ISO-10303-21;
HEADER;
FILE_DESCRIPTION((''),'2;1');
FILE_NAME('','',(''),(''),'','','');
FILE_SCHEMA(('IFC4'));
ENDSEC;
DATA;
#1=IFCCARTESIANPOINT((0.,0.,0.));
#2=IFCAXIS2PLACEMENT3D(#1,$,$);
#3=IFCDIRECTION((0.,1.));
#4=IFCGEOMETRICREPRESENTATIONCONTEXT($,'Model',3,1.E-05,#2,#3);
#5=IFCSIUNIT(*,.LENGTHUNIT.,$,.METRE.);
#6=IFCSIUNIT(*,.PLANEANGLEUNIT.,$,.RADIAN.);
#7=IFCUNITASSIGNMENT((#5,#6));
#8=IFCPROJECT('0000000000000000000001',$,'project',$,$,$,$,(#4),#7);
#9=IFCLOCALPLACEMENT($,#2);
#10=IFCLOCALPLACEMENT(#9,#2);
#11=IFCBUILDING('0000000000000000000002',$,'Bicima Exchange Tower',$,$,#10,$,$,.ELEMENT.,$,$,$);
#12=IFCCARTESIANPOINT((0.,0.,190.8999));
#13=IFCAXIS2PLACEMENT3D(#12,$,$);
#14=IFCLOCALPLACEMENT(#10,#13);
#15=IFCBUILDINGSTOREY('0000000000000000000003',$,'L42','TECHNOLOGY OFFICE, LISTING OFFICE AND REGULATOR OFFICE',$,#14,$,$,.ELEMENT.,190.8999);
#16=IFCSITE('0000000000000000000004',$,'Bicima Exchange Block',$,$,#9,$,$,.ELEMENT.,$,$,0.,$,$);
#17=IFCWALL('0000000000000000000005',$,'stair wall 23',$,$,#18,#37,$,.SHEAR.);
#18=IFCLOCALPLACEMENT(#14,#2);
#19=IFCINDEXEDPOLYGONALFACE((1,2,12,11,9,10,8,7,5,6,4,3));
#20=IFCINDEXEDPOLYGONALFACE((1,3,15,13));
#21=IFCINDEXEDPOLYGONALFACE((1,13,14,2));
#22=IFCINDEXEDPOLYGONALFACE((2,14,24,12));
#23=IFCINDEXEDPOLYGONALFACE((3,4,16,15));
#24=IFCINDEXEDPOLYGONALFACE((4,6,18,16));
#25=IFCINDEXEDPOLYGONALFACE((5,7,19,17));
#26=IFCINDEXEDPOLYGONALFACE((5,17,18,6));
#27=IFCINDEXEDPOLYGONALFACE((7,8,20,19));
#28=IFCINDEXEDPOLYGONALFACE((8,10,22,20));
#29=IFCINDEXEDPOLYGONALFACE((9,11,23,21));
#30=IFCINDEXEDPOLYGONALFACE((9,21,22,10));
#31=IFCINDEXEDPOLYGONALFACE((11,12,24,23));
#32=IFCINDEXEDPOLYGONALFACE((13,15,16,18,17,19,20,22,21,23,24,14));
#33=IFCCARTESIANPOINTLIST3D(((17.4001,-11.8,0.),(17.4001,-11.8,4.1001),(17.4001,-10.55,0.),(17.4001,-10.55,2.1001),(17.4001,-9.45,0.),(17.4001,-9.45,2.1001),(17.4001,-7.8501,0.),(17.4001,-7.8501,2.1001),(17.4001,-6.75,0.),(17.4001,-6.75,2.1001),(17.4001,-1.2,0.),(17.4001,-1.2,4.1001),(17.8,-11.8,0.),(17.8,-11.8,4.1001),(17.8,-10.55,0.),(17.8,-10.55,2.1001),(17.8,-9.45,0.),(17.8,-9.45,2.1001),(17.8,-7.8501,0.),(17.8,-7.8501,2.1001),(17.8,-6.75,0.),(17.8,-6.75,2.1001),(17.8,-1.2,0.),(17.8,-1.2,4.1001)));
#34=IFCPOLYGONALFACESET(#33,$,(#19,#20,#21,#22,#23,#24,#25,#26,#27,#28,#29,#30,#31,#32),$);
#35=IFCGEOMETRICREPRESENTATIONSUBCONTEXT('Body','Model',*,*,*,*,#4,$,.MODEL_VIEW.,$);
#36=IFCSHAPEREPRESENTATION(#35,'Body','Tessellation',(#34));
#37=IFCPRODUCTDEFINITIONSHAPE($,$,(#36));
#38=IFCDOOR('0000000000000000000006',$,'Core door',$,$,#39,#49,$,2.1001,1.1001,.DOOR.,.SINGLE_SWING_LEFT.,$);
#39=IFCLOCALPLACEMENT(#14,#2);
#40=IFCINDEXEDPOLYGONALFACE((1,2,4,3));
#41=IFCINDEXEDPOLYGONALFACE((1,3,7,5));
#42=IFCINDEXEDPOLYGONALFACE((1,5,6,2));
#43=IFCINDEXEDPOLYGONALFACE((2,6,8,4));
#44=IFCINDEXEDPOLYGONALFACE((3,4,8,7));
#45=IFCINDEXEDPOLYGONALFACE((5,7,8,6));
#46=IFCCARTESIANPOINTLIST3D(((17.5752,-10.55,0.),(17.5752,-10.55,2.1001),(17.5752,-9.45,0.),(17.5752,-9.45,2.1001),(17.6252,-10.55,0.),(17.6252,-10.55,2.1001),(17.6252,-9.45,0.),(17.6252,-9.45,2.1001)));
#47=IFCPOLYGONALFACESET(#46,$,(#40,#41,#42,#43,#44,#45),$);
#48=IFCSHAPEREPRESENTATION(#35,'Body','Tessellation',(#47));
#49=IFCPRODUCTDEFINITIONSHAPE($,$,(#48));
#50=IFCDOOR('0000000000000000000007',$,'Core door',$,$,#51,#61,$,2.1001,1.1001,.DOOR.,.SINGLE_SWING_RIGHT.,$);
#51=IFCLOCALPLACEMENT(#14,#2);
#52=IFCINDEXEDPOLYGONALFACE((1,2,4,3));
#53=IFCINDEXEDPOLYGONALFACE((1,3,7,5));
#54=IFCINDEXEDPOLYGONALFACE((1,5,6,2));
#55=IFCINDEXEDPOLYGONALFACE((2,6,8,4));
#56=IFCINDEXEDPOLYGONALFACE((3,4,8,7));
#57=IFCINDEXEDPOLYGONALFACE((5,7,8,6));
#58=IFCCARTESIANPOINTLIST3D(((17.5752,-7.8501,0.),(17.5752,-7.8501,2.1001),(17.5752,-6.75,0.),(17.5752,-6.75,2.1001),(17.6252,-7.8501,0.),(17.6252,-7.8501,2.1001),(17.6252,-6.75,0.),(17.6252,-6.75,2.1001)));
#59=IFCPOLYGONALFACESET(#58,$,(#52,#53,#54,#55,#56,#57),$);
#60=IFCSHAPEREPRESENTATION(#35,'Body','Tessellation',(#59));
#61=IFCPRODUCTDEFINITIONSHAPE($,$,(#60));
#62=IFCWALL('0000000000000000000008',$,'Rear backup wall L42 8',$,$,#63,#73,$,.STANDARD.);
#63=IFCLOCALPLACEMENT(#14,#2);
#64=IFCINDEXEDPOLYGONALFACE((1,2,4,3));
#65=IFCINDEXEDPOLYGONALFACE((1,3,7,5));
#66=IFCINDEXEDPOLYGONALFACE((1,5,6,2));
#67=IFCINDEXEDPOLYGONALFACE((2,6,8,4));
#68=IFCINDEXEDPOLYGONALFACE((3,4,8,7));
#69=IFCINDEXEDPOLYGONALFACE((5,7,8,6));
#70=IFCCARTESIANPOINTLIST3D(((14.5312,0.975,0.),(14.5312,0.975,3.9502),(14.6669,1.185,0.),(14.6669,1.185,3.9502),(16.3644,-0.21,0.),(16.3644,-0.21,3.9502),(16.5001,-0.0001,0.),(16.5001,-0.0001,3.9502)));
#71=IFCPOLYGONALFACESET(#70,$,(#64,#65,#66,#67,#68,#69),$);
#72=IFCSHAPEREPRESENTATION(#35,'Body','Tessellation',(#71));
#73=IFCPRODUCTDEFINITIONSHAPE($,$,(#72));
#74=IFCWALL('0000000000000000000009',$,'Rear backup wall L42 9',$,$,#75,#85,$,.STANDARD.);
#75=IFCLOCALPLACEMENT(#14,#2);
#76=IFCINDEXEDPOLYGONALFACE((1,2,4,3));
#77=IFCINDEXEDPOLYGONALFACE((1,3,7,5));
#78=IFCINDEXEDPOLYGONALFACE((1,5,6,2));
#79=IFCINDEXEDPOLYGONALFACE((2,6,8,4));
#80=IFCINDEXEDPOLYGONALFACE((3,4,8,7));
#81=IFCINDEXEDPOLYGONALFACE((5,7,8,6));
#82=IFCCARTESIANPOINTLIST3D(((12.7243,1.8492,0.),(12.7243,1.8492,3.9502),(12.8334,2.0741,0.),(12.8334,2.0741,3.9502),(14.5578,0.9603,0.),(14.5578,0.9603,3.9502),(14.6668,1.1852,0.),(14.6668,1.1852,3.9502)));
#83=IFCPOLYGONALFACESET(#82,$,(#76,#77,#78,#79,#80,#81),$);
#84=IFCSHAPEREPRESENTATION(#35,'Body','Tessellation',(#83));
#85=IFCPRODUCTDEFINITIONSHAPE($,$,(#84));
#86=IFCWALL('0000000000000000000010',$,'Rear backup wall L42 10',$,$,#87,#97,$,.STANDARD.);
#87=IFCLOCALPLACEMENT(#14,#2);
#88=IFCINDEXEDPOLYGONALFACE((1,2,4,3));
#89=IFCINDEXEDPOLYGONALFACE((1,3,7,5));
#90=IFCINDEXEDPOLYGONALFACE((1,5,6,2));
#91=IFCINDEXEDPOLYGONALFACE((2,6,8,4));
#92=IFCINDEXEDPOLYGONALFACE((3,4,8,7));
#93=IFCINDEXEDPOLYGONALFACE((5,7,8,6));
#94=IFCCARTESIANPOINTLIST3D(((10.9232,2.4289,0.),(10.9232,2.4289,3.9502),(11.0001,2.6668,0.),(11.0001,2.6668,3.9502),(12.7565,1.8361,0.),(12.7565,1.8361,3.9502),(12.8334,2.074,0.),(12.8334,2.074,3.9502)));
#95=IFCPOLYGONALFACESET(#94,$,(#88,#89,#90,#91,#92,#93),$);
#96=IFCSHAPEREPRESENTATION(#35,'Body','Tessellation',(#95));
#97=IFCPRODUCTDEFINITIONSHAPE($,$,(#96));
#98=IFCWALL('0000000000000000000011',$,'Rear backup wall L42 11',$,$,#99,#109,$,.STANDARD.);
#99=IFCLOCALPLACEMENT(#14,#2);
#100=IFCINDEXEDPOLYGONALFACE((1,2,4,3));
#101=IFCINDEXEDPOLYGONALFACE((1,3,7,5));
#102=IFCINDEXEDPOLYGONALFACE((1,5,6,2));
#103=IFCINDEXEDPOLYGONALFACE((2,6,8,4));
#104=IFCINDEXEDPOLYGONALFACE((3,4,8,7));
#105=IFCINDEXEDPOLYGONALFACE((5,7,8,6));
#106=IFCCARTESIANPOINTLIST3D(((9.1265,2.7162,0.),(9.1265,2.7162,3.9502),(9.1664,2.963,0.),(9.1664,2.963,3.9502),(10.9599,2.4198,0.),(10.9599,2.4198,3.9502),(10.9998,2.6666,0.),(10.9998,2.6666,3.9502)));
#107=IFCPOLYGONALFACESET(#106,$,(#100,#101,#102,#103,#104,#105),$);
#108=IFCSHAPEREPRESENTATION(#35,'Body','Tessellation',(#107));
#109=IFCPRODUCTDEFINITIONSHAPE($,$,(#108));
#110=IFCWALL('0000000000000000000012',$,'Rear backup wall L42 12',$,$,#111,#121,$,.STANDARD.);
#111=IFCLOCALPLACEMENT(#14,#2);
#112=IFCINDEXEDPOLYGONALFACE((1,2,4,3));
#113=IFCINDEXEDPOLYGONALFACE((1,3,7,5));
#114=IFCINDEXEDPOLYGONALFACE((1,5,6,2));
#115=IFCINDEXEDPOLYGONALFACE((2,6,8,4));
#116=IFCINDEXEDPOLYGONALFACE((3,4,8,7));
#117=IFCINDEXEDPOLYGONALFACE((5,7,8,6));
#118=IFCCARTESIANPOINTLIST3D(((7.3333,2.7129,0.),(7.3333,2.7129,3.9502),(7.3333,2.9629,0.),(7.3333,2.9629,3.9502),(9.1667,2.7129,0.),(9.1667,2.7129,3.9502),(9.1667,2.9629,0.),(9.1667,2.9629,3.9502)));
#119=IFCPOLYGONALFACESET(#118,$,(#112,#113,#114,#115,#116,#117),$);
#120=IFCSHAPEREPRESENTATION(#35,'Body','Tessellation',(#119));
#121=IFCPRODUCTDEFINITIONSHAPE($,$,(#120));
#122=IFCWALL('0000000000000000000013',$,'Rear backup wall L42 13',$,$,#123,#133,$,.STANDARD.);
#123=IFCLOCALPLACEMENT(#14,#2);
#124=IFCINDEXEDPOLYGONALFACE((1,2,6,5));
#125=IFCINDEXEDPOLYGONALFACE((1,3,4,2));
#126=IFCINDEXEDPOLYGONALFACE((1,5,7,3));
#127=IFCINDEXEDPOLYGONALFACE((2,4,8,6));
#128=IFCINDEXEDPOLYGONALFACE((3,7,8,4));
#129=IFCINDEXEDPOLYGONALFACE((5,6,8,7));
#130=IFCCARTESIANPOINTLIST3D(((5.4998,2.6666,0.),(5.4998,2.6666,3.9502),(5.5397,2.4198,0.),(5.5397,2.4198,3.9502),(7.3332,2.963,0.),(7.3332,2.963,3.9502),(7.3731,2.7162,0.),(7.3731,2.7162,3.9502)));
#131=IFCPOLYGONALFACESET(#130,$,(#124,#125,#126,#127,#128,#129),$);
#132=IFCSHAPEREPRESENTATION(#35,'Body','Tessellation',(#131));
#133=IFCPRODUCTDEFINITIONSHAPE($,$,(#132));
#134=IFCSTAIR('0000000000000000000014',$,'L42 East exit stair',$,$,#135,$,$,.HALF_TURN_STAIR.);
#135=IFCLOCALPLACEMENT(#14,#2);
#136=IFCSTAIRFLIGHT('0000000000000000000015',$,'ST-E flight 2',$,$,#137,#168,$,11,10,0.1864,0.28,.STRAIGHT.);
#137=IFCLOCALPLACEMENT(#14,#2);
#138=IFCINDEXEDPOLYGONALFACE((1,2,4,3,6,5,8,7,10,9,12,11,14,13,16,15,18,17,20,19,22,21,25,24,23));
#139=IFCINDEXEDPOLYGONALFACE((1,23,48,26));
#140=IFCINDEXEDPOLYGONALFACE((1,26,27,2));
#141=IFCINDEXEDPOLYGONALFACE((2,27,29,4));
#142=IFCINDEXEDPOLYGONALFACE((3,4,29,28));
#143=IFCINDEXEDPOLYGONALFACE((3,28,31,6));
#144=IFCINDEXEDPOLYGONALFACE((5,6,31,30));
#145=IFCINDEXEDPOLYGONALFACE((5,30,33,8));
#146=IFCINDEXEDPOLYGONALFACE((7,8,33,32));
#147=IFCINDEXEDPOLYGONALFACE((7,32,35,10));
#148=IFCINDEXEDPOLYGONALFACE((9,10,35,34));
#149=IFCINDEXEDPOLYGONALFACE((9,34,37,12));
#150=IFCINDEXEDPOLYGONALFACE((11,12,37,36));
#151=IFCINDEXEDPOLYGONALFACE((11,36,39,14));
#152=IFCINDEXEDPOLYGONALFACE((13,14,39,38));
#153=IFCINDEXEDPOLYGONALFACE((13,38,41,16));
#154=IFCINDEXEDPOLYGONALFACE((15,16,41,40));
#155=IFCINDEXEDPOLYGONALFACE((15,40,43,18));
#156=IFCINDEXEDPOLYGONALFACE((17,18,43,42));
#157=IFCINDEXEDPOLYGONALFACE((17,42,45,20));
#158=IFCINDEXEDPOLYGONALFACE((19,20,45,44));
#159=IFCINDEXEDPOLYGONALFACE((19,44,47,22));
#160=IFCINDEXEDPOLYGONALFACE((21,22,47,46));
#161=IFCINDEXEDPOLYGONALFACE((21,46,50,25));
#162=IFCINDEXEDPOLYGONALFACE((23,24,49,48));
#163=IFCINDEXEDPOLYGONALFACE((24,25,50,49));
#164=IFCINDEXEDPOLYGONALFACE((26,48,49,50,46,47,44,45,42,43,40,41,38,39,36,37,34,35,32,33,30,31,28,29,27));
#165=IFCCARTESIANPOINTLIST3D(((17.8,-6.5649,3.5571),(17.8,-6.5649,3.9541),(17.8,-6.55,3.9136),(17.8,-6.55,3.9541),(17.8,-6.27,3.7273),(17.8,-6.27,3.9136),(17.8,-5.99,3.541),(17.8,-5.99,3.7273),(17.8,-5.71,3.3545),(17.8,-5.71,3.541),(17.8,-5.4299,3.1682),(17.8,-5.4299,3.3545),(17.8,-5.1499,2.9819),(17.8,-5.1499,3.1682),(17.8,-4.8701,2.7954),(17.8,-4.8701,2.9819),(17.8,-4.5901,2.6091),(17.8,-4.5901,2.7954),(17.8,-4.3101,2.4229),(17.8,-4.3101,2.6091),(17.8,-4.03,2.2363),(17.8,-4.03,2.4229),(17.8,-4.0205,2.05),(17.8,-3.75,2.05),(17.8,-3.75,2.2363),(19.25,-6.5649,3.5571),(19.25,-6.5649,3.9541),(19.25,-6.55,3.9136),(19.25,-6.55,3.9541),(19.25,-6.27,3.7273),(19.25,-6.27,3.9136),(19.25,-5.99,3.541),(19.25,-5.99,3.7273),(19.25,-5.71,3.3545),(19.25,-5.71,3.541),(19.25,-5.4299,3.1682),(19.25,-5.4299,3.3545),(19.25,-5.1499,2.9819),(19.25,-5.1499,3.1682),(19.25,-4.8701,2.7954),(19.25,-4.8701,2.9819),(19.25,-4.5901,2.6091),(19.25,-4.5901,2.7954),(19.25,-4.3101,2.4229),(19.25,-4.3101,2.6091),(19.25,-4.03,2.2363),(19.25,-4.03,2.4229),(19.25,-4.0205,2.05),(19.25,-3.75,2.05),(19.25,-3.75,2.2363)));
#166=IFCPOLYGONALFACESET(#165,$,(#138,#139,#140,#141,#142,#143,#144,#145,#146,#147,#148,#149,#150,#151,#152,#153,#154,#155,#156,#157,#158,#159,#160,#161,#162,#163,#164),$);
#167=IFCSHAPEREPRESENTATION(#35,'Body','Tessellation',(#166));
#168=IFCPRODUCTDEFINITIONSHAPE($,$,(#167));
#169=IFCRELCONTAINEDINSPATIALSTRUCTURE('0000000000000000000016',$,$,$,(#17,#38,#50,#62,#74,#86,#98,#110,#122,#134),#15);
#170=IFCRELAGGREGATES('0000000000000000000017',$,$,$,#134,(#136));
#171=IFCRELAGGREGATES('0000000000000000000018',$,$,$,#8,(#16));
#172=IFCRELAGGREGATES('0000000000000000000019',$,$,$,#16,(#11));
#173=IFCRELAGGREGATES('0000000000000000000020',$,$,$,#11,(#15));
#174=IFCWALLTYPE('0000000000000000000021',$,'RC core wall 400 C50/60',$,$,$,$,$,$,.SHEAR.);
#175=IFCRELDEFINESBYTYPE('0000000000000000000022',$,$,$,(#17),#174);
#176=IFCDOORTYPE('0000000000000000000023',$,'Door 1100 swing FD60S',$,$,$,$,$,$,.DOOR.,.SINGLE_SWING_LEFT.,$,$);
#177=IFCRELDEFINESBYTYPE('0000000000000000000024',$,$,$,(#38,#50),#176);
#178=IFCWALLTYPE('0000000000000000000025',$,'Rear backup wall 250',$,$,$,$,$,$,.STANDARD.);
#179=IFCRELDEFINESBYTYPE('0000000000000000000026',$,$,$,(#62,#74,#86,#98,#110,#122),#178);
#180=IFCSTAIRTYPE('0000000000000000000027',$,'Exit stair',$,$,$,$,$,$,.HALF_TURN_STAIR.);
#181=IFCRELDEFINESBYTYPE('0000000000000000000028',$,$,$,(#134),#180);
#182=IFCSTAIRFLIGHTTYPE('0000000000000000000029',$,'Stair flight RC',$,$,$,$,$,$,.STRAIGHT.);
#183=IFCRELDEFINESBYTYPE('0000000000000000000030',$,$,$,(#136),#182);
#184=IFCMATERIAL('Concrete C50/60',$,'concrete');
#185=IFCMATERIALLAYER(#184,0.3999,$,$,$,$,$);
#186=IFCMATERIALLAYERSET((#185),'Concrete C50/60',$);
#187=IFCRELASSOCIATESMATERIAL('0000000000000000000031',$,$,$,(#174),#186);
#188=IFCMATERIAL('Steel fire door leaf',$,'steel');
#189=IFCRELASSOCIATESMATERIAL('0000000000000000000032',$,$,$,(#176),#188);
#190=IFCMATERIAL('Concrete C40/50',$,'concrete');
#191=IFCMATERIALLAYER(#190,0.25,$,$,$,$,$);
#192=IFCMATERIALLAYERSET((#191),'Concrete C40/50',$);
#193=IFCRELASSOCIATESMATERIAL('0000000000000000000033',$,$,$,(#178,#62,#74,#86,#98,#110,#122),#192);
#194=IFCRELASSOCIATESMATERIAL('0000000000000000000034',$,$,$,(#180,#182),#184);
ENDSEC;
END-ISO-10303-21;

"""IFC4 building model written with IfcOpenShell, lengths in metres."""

from ifc_helpers import new_model, si_unit, direction, frame, frame_2d, origin, place, context, subcontext, project, spatial, polyline, rectangle, outline, extrude, material, layer, layer_set, layer_usage, type_object, element, fill, aggregate, save


model = new_model("IFC4")

# Units and contexts
model_context = context("Model", 3, precision=1e-05, world=origin(), true_north=direction((0.0, 1.0)))
body_context = subcontext(model_context, "Body", "Model", "MODEL_VIEW")
ifc_project = project(units=[si_unit("LENGTHUNIT", "METRE"), si_unit("PLANEANGLEUNIT", "RADIAN")], contexts=[model_context])

# Site, building, storey
site_placement = place(None, origin())
site = spatial("IfcSite", under=ifc_project, at=site_placement, Name="Bicima Exchange Block", CompositionType="ELEMENT", RefElevation=0.0)
building_placement = place(site_placement, origin())
building = spatial("IfcBuilding", under=site, at=building_placement, Name="Bicima Exchange Tower", CompositionType="ELEMENT")
storey_placement = place(building_placement, frame((0.0, 0.0, 190.8999)))
storey = spatial("IfcBuildingStorey", under=building, at=storey_placement, Name="L42", Description="TECHNOLOGY OFFICE, LISTING OFFICE AND REGULATOR OFFICE", CompositionType="ELEMENT", Elevation=190.8999)

# Shared definitions
ifc_material_1 = material(Name="Concrete C50/60", Category="concrete")
ifc_layer_1 = layer(ifc_material_1, 0.3999)
ifc_layer_set_1 = layer_set([ifc_layer_1], Name="Concrete C50/60")
wall_type_1 = type_object("IfcWallType", Name="RC core wall 400 C50/60", PredefinedType="SHEAR", material=ifc_layer_set_1)
ifc_material_2 = material(Name="Steel fire door leaf", Category="steel")

# Wall, openings, doors
wall_1_placement = place(storey_placement, frame((17.6001, -11.8, 0.0), z_axis=(0.0, 0.0, 1.0), x_axis=(0.0, 1.0, 0.0)))
wall_1 = element("IfcWall", 1, at=wall_1_placement, inside=storey, type_object=wall_type_1, Name="stair wall 23", PredefinedType="SHEAR", context=body_context, shape_type="SweptSolid", body=[
    extrude(rectangle(XDim=10.6001, YDim=0.3999, at=frame_2d((5.3, 0.0))), origin(), (0.0, 0.0, 1.0), 4.1001),
])
opening_1_placement = place(wall_1_placement, frame((1.25, 0.0, 0.0)))
opening_1 = element("IfcOpeningElement", 2, at=opening_1_placement, cuts=wall_1, PredefinedType="OPENING", context=body_context, shape_type="SweptSolid", body=[
    extrude(rectangle(XDim=1.1001, YDim=2.1001, at=frame_2d((0.55, 1.05))), frame((0.0, 0.2119, 0.0), z_axis=(0.0, -1.0, 0.0), x_axis=(1.0, 0.0, 0.0)), (0.0, 0.0, 1.0), 0.4238),
])
opening_2_placement = place(wall_1_placement, frame((3.95, 0.0, 0.0)))
opening_2 = element("IfcOpeningElement", 3, at=opening_2_placement, cuts=wall_1, PredefinedType="OPENING", context=body_context, shape_type="SweptSolid", body=[
    extrude(rectangle(XDim=1.1001, YDim=2.1001, at=frame_2d((0.55, 1.05))), frame((0.0, 0.2119, 0.0), z_axis=(0.0, -1.0, 0.0), x_axis=(1.0, 0.0, 0.0)), (0.0, 0.0, 1.0), 0.4238),
])
door_type_1 = type_object("IfcDoorType", Name="Door 1100 swing FD60S", OperationType="SINGLE_SWING_LEFT", PredefinedType="DOOR", material=ifc_material_2)
door_1_placement = place(opening_1_placement, origin())
door_1 = element("IfcDoor", 4, at=door_1_placement, inside=storey, type_object=door_type_1, Name="Core door", OperationType="SINGLE_SWING_LEFT", OverallHeight=2.1001, OverallWidth=1.1001, PredefinedType="DOOR", context=body_context, shape_type="SweptSolid", body=[
    extrude(rectangle(XDim=1.1001, YDim=2.1001, at=frame_2d((0.55, 1.05))), frame((0.0, 0.0249, 0.0), z_axis=(0.0, -1.0, 0.0), x_axis=(1.0, 0.0, 0.0)), (0.0, 0.0, 1.0), 0.05),
])
fill(opening_1, door_1)
door_2_placement = place(opening_2_placement, origin())
door_2 = element("IfcDoor", 5, at=door_2_placement, inside=storey, type_object=door_type_1, Name="Core door", OperationType="SINGLE_SWING_RIGHT", OverallHeight=2.1001, OverallWidth=1.1001, PredefinedType="DOOR", context=body_context, shape_type="SweptSolid", body=[
    extrude(rectangle(XDim=1.1001, YDim=2.1001, at=frame_2d((0.55, 1.05))), frame((0.0, 0.0249, 0.0), z_axis=(0.0, -1.0, 0.0), x_axis=(1.0, 0.0, 0.0)), (0.0, 0.0, 1.0), 0.05),
])
fill(opening_2, door_2)

# Walls
ifc_material_3 = material(Name="Concrete C40/50", Category="concrete")
ifc_layer_2 = layer(ifc_material_3, 0.25)
ifc_layer_set_2 = layer_set([ifc_layer_2], Name="Concrete C40/50")
ifc_layer_usage = layer_usage(ifc_layer_set_2, "AXIS2", "POSITIVE", -0.125)
wall_type_2 = type_object("IfcWallType", Name="Rear backup wall 250", PredefinedType="STANDARD", material=ifc_layer_set_2)
wall_2_placement = place(storey_placement, frame((16.4321, -0.105, 0.0), z_axis=(0.0, 0.0, 1.0), x_axis=(-0.839813, 0.542876, 0.0)))
element("IfcWall", 6, at=wall_2_placement, inside=storey, type_object=wall_type_2, material=ifc_layer_usage, Name="Rear backup wall L42 8", PredefinedType="STANDARD", context=body_context, shape_type="SweptSolid", body=[
    extrude(rectangle(XDim=2.1829, YDim=0.25, at=frame_2d((1.0913, 0.0))), origin(), (0.0, 0.0, 1.0), 3.9502),
])
wall_3_placement = place(storey_placement, frame((14.6123, 1.0728, 0.0), z_axis=(0.0, 0.0, 1.0), x_axis=(-0.899824, 0.436253, 0.0)))
element("IfcWall", 7, at=wall_3_placement, inside=storey, type_object=wall_type_2, material=ifc_layer_usage, Name="Rear backup wall L42 9", PredefinedType="STANDARD", context=body_context, shape_type="SweptSolid", body=[
    extrude(rectangle(XDim=2.0376, YDim=0.25, at=frame_2d((1.0188, 0.0))), origin(), (0.0, 0.0, 1.0), 3.9502),
])
wall_4_placement = place(storey_placement, frame((12.7949, 1.9551, 0.0), z_axis=(0.0, 0.0, 1.0), x_axis=(-0.951496, 0.307662, 0.0)))
element("IfcWall", 8, at=wall_4_placement, inside=storey, type_object=wall_type_2, material=ifc_layer_usage, Name="Rear backup wall L42 10", PredefinedType="STANDARD", context=body_context, shape_type="SweptSolid", body=[
    extrude(rectangle(XDim=1.9268, YDim=0.25, at=frame_2d((0.9634, 0.0))), origin(), (0.0, 0.0, 1.0), 3.9502),
])
wall_5_placement = place(storey_placement, frame((10.98, 2.5432, 0.0), z_axis=(0.0, 0.0, 1.0), x_axis=(-0.987182, 0.1596, 0.0)))
element("IfcWall", 9, at=wall_5_placement, inside=storey, type_object=wall_type_2, material=ifc_layer_usage, Name="Rear backup wall L42 11", PredefinedType="STANDARD", context=body_context, shape_type="SweptSolid", body=[
    extrude(rectangle(XDim=1.8572, YDim=0.25, at=frame_2d((0.9287, 0.0))), origin(), (0.0, 0.0, 1.0), 3.9502),
])
wall_6_placement = place(storey_placement, frame((9.1667, 2.8379, 0.0), z_axis=(0.0, 0.0, 1.0), x_axis=(-1.0, 0.0, 0.0)))
element("IfcWall", 10, at=wall_6_placement, inside=storey, type_object=wall_type_2, material=ifc_layer_usage, Name="Rear backup wall L42 12", PredefinedType="STANDARD", context=body_context, shape_type="SweptSolid", body=[
    extrude(rectangle(XDim=1.8335, YDim=0.25, at=frame_2d((0.9167, 0.0))), origin(), (0.0, 0.0, 1.0), 3.9502),
])
wall_7_placement = place(storey_placement, frame((7.3533, 2.8396, 0.0), z_axis=(0.0, 0.0, 1.0), x_axis=(-0.987182, -0.1596, 0.0)))
element("IfcWall", 11, at=wall_7_placement, inside=storey, type_object=wall_type_2, material=ifc_layer_usage, Name="Rear backup wall L42 13", PredefinedType="STANDARD", context=body_context, shape_type="SweptSolid", body=[
    extrude(rectangle(XDim=1.8572, YDim=0.25, at=frame_2d((0.9287, 0.0))), origin(), (0.0, 0.0, 1.0), 3.9502),
])

# Stair, stair flight
stair_type = type_object("IfcStairType", Name="Exit stair", PredefinedType="HALF_TURN_STAIR", material=ifc_material_1)
stair_placement = place(storey_placement, origin())
stair = element("IfcStair", 12, at=stair_placement, inside=storey, type_object=stair_type, Name="L42 East exit stair", PredefinedType="HALF_TURN_STAIR")
stair_flight_type = type_object("IfcStairFlightType", Name="Stair flight RC", PredefinedType="STRAIGHT", material=ifc_material_1)
stair_flight_placement = place(storey_placement, frame((18.5249, -3.75, 2.05), z_axis=(0.0, 0.0, 1.0), x_axis=(0.0, -1.0, 0.0)))
stair_flight = element("IfcStairFlight", 13, at=stair_flight_placement, type_object=stair_flight_type, Name="ST-E flight 2", NumberOfRisers=11, NumberOfTreads=10, PredefinedType="STRAIGHT", RiserHeight=0.1864, TreadLength=0.28, context=body_context, shape_type="SweptSolid", body=[
    extrude(outline(polyline([(0.0, 0.0), (0.0, 0.1863), (0.28, 0.1863), (0.28, 0.3728), (0.5601, 0.3728), (0.5601, 0.5591), (0.8401, 0.5591), (0.8401, 0.7454), (1.1201, 0.7454), (1.1201, 0.9319), (1.3999, 0.9319), (1.3999, 1.1182), (1.6799, 1.1182), (1.6799, 1.3044), (1.96, 1.3044), (1.96, 1.491), (2.24, 1.491), (2.24, 1.6772), (2.52, 1.6772), (2.52, 1.8635), (2.8, 1.8635), (2.8, 1.9041), (2.8149, 1.9041), (2.8149, 1.5071), (0.2705, 0.0), (0.0, 0.0)])), frame((0.0, 0.7251, 0.0), z_axis=(0.0, -1.0, 0.0), x_axis=(1.0, 0.0, 0.0)), (0.0, 0.0, 1.0), 1.45),
])
aggregate(stair, [stair_flight])

save(model, "model.ifc")
